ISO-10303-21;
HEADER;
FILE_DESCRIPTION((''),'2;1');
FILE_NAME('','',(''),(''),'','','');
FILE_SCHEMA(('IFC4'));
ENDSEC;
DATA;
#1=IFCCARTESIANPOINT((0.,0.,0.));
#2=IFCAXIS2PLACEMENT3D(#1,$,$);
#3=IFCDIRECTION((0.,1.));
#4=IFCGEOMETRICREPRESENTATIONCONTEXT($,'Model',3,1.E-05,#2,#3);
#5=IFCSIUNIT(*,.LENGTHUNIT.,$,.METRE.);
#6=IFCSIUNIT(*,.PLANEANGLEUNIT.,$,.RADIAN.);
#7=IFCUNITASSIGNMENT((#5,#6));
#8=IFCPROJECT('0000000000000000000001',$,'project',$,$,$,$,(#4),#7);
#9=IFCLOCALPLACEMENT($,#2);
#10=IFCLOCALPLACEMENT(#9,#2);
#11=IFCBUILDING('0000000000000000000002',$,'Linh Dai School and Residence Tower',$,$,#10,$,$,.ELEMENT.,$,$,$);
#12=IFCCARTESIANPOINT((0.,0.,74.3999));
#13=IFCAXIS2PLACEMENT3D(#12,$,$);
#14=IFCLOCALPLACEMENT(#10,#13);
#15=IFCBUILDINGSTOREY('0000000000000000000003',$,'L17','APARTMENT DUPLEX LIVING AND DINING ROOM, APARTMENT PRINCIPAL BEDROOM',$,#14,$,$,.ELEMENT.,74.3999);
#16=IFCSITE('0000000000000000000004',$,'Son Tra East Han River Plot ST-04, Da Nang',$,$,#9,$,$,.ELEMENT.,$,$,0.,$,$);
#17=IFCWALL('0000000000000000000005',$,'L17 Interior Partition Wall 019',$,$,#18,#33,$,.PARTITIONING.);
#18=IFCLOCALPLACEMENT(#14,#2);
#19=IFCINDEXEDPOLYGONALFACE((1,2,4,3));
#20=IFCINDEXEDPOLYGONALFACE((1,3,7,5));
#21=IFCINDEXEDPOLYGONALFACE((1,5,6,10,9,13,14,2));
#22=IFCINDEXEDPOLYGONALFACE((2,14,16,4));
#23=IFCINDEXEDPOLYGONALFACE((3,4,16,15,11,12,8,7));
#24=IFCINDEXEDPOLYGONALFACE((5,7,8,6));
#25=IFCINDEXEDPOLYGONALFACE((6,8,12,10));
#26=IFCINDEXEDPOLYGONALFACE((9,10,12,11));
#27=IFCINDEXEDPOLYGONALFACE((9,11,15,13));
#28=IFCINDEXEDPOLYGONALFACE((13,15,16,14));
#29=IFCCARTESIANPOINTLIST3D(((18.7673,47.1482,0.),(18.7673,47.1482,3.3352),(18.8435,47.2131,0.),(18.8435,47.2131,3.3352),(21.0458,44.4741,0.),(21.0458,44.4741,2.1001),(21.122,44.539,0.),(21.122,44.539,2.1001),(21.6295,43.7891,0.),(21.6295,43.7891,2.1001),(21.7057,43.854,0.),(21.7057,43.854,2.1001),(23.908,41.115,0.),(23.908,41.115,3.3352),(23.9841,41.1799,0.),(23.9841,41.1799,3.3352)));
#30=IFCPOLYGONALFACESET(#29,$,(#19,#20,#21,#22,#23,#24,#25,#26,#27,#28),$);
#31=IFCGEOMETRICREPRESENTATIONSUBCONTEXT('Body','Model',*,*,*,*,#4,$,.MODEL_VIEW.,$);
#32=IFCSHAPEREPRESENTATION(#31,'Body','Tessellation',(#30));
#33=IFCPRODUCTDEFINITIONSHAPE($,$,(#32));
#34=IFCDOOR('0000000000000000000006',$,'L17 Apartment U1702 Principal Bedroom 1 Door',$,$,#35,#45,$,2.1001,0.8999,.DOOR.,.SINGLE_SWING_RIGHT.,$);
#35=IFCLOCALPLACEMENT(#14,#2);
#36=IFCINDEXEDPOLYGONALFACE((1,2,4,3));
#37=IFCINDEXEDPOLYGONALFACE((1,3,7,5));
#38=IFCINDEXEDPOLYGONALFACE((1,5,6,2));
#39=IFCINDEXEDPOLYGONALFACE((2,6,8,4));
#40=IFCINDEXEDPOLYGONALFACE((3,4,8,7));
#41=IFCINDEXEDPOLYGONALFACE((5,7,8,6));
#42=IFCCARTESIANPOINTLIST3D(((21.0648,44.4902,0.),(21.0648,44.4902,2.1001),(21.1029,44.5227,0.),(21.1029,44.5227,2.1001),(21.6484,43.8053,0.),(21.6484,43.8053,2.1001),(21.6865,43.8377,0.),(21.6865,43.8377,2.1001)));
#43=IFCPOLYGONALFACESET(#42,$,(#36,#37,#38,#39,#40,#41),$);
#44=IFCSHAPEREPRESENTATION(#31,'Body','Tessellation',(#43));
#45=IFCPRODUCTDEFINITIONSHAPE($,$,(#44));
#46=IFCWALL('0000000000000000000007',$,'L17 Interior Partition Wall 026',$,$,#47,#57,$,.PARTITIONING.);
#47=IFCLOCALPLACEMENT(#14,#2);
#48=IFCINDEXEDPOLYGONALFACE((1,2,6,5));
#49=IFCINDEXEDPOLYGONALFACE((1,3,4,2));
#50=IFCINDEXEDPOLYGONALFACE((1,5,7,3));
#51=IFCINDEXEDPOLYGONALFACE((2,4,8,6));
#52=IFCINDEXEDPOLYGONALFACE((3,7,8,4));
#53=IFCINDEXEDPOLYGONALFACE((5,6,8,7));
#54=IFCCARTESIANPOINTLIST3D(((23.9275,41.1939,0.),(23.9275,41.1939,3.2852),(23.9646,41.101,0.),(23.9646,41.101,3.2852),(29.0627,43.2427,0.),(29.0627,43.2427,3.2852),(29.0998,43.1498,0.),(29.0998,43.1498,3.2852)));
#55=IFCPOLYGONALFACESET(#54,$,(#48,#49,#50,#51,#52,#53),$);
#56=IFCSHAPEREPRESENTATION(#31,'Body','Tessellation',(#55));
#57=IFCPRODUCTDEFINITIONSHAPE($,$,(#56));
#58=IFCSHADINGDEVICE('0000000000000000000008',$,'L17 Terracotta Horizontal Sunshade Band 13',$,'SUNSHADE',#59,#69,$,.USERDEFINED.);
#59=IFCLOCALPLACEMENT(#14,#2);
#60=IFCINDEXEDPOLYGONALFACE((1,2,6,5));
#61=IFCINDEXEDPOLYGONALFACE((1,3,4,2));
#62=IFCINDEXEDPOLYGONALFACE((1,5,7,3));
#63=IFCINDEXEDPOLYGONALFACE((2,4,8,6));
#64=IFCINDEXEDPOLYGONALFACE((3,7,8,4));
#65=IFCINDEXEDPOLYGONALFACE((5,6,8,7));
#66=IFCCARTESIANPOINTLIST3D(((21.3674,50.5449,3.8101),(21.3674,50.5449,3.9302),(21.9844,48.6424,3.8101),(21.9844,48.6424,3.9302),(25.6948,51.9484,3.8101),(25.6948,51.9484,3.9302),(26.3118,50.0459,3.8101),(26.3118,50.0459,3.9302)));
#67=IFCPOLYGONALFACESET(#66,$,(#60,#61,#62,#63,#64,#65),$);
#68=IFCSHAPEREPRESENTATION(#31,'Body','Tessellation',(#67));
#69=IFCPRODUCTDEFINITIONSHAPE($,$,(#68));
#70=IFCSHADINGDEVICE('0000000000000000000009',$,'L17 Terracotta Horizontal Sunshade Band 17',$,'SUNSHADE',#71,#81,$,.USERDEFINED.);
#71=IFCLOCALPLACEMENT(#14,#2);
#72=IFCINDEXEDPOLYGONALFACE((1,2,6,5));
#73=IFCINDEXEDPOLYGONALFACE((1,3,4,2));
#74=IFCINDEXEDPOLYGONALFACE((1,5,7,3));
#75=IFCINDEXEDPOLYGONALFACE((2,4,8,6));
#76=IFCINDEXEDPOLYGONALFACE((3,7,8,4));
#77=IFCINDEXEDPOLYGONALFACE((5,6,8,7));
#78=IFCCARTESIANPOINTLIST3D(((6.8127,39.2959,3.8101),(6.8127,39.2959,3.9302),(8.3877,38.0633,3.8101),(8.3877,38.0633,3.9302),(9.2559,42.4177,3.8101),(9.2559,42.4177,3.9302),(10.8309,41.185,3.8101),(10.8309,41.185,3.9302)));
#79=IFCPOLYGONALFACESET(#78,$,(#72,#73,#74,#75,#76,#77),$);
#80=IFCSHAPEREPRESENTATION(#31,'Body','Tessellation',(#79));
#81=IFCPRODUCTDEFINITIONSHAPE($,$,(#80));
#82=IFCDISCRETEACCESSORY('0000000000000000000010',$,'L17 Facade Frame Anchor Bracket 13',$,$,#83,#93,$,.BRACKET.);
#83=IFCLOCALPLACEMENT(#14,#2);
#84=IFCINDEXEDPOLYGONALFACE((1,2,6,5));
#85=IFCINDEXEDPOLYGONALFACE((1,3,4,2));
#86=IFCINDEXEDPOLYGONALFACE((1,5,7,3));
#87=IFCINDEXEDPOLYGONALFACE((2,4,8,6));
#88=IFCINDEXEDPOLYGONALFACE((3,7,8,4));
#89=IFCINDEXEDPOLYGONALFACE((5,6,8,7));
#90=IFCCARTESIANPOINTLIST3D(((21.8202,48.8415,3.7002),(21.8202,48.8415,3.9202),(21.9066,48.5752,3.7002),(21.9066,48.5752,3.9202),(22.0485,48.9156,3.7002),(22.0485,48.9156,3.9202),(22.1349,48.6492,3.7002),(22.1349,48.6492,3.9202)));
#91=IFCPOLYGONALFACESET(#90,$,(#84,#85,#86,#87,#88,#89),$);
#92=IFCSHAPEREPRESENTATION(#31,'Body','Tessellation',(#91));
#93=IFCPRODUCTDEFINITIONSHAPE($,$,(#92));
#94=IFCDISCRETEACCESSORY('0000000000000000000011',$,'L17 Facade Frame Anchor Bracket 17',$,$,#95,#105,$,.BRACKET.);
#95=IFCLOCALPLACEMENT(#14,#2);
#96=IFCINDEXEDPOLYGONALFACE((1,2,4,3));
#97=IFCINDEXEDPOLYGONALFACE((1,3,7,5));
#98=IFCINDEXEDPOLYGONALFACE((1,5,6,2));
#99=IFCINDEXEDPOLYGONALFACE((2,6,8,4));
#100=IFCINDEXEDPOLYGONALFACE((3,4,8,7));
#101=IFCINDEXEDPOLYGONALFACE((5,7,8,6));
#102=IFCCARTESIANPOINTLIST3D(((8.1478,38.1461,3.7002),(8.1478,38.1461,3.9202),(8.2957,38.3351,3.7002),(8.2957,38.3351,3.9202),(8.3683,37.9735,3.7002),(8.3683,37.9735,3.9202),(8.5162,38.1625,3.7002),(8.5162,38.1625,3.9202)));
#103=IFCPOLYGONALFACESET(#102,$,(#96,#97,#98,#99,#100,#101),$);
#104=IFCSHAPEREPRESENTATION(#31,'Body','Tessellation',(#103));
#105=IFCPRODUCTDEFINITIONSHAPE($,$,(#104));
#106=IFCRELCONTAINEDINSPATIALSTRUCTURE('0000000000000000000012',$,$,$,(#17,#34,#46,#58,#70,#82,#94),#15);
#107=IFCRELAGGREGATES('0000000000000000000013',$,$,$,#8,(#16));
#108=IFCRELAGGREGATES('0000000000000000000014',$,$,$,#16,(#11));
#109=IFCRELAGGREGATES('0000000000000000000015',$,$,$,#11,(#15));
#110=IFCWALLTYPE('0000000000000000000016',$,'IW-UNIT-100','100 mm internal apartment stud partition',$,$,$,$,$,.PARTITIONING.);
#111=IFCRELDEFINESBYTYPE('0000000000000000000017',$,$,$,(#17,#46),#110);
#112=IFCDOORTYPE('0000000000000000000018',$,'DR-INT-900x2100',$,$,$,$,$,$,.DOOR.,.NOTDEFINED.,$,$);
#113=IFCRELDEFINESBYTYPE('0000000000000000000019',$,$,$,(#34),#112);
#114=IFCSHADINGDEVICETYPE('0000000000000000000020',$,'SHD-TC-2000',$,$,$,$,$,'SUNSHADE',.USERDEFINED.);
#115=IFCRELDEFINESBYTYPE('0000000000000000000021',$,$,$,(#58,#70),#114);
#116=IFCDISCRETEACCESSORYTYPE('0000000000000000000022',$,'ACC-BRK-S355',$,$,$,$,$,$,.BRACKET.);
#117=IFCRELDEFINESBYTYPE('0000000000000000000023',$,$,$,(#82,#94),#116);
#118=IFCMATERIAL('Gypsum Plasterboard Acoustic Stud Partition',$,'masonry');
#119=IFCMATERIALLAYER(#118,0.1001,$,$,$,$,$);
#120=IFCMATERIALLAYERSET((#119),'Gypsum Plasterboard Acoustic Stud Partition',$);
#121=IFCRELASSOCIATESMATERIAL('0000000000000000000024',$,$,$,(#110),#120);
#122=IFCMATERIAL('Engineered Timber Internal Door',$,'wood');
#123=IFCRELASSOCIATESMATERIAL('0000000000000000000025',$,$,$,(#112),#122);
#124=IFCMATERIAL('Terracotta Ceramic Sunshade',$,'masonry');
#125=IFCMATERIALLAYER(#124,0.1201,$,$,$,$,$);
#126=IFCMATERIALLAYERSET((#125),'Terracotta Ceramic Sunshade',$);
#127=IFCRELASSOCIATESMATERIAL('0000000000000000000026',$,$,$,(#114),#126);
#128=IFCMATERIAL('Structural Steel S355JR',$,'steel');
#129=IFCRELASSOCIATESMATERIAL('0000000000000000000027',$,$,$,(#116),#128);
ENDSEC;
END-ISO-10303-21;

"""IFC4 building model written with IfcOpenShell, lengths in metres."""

from ifc_helpers import new_model, si_unit, direction, frame, frame_2d, origin, origin_2d, place, context, subcontext, project, spatial, rectangle, extrude, source, transform, mapped, material, layer, layer_set, type_object, element, fill, save


model = new_model("IFC4")

# Units and contexts
model_context = context("Model", 3, precision=1e-05, world=origin(), true_north=direction((0.0, 1.0)))
body_context = subcontext(model_context, "Body", "Model", "MODEL_VIEW")
ifc_project = project(units=[si_unit("LENGTHUNIT", "METRE"), si_unit("PLANEANGLEUNIT", "RADIAN")], contexts=[model_context])

# Site, building, storey
site_placement = place(None, origin())
site = spatial("IfcSite", under=ifc_project, at=site_placement, Name="Son Tra East Han River Plot ST-04, Da Nang", CompositionType="ELEMENT", RefElevation=0.0)
building_placement = place(site_placement, origin())
building = spatial("IfcBuilding", under=site, at=building_placement, Name="Linh Dai School and Residence Tower", CompositionType="ELEMENT")
storey_placement = place(building_placement, frame((0.0, 0.0, 74.3999)))
storey = spatial("IfcBuildingStorey", under=building, at=storey_placement, Name="L17", Description="APARTMENT DUPLEX LIVING AND DINING ROOM, APARTMENT PRINCIPAL BEDROOM", CompositionType="ELEMENT", Elevation=74.3999)

# Shared definitions
ifc_material_1 = material(Name="Structural Steel S355JR", Category="steel")

# Shared definitions
ifc_material_2 = material(Name="Gypsum Plasterboard Acoustic Stud Partition", Category="masonry")
ifc_layer_1 = layer(ifc_material_2, 0.1001)
ifc_layer_set_1 = layer_set([ifc_layer_1], Name="Gypsum Plasterboard Acoustic Stud Partition")
wall_type_1 = type_object("IfcWallType", Name="IW-UNIT-100", Description="100 mm internal apartment stud partition", PredefinedType="PARTITIONING", material=ifc_layer_set_1)

# Wall, opening, door
ifc_material_3 = material(Name="Engineered Timber Internal Door", Category="wood")
door_type = type_object("IfcDoorType", Name="DR-INT-900x2100", OperationType="NOTDEFINED", PredefinedType="DOOR", material=ifc_material_3)
shared_shape_1 = source(origin(), body_context, "Body", "SweptSolid", [
    extrude(rectangle(XDim=0.8999, YDim=2.1001, at=origin_2d()), frame((0.45, 0.0249, 1.05), z_axis=(0.0, -1.0, 0.0), x_axis=(1.0, 0.0, 0.0)), (0.0, 0.0, 1.0), 0.05),
])
wall_1_placement = place(storey_placement, frame((18.8054, 47.1807, 0.0), z_axis=(0.0, 0.0, 1.0), x_axis=(0.648556, -0.761167, 0.0)))
wall_1 = element("IfcWall", 1, at=wall_1_placement, inside=storey, type_object=wall_type_1, Name="L17 Interior Partition Wall 019", PredefinedType="PARTITIONING", context=body_context, shape_type="SweptSolid", body=[
    extrude(rectangle(XDim=7.9263, YDim=0.1001, at=frame_2d((3.9631, 0.0))), origin(), (0.0, 0.0, 1.0), 3.3352),
])
opening_1_placement = place(wall_1_placement, frame((3.5132, 0.0, 0.0)))
opening_1 = element("IfcOpeningElement", 2, at=opening_1_placement, cuts=wall_1, PredefinedType="OPENING", context=body_context, shape_type="SweptSolid", body=[
    extrude(rectangle(XDim=0.8999, YDim=2.1001, at=origin_2d()), frame((0.45, 0.0601, 1.05), z_axis=(0.0, -1.0, 0.0), x_axis=(1.0, 0.0, 0.0)), (0.0, 0.0, 1.0), 0.1201),
])
door_1_placement = place(opening_1_placement, origin())
door_1 = element("IfcDoor", 3, at=door_1_placement, inside=storey, type_object=door_type, Name="L17 Apartment U1702 Principal Bedroom 1 Door", OperationType="SINGLE_SWING_RIGHT", OverallHeight=2.1001, OverallWidth=0.8999, PredefinedType="DOOR", context=body_context, shape_type="MappedRepresentation", body=[
    mapped(shared_shape_1, transform((0.0, 0.0, 0.0), x_axis=(1.0, 0.0, 0.0), y_axis=(0.0, 1.0, 0.0), z_axis=(0.0, 0.0, 1.0), scale=1.0)),
])
fill(opening_1, door_1)

# Wall
wall_2_placement = place(storey_placement, frame((23.946, 41.1475, 0.0), z_axis=(0.0, 0.0, 1.0), x_axis=(0.928805, 0.370568, 0.0)))
element("IfcWall", 4, at=wall_2_placement, inside=storey, type_object=wall_type_1, Name="L17 Interior Partition Wall 026", PredefinedType="PARTITIONING", context=body_context, shape_type="SweptSolid", body=[
    extrude(rectangle(XDim=5.5288, YDim=0.1001, at=frame_2d((2.7644, 0.0))), origin(), (0.0, 0.0, 1.0), 3.2852),
])

# Shading devices
ifc_material_4 = material(Name="Terracotta Ceramic Sunshade", Category="masonry")
ifc_layer_2 = layer(ifc_material_4, 0.1201)
ifc_layer_set_2 = layer_set([ifc_layer_2], Name="Terracotta Ceramic Sunshade")
shading_device_type = type_object("IfcShadingDeviceType", Name="SHD-TC-2000", ElementType="SUNSHADE", PredefinedType="USERDEFINED", material=ifc_layer_set_2)
shared_shape_2 = source(origin(), body_context, "Body", "SweptSolid", [
    extrude(rectangle(XDim=4.5493, YDim=2.0, at=origin_2d()), origin(), (0.0, 0.0, 1.0), 0.1201),
])
shading_device_1_placement = place(storey_placement, frame((23.8396, 50.2954, 3.8101), z_axis=(0.0, 0.0, 1.0), x_axis=(0.951221, 0.308511, 0.0)))
element("IfcShadingDevice", 5, at=shading_device_1_placement, inside=storey, type_object=shading_device_type, Name="L17 Terracotta Horizontal Sunshade Band 13", ObjectType="SUNSHADE", PredefinedType="USERDEFINED", context=body_context, shape_type="MappedRepresentation", body=[
    mapped(shared_shape_2, transform((0.0, 0.0, 0.0), x_axis=(1.0, 0.0, 0.0), y_axis=(0.0, 1.0, 0.0), z_axis=(0.0, 0.0, 1.0), scale=1.0)),
])
shared_shape_3 = source(origin(), body_context, "Body", "SweptSolid", [
    extrude(rectangle(XDim=3.9641, YDim=2.0, at=origin_2d()), origin(), (0.0, 0.0, 1.0), 0.1201),
])
shading_device_2_placement = place(storey_placement, frame((8.8218, 40.2405, 3.8101), z_axis=(0.0, 0.0, 1.0), x_axis=(0.616319, 0.787496, 0.0)))
element("IfcShadingDevice", 6, at=shading_device_2_placement, inside=storey, type_object=shading_device_type, Name="L17 Terracotta Horizontal Sunshade Band 17", ObjectType="SUNSHADE", PredefinedType="USERDEFINED", context=body_context, shape_type="MappedRepresentation", body=[
    mapped(shared_shape_3, transform((0.0, 0.0, 0.0), x_axis=(1.0, 0.0, 0.0), y_axis=(0.0, 1.0, 0.0), z_axis=(0.0, 0.0, 1.0), scale=1.0)),
])

# Discrete accessories
discrete_accessory_type = type_object("IfcDiscreteAccessoryType", Name="ACC-BRK-S355", PredefinedType="BRACKET", material=ifc_material_1)
shared_shape_4 = source(origin(), body_context, "Body", "SweptSolid", [
    extrude(rectangle(XDim=0.28, YDim=0.24, at=origin_2d()), origin(), (0.0, 0.0, 1.0), 0.22),
])
for number, where, z_axis, x_axis, name in (
    (7, (21.9775, 48.7454, 3.7002), (0.0, 0.0, 1.0), (-0.308511, 0.951221, 0.0), "L17 Facade Frame Anchor Bracket 13"),
    (8, (8.332, 38.1543, 3.7002), (0.0, 0.0, 1.0), (-0.787496, 0.616319, 0.0), "L17 Facade Frame Anchor Bracket 17"),
):
    element("IfcDiscreteAccessory", number, at=place(storey_placement, frame(where, z_axis=z_axis, x_axis=x_axis)), inside=storey, type_object=discrete_accessory_type, Name=name, PredefinedType="BRACKET", context=body_context, shape_type="MappedRepresentation", body=[
        mapped(shared_shape_4, transform((0.0, 0.0, 0.0), x_axis=(1.0, 0.0, 0.0), y_axis=(0.0, 1.0, 0.0), z_axis=(0.0, 0.0, 1.0), scale=1.0)),
    ])

save(model, "model.ifc")
